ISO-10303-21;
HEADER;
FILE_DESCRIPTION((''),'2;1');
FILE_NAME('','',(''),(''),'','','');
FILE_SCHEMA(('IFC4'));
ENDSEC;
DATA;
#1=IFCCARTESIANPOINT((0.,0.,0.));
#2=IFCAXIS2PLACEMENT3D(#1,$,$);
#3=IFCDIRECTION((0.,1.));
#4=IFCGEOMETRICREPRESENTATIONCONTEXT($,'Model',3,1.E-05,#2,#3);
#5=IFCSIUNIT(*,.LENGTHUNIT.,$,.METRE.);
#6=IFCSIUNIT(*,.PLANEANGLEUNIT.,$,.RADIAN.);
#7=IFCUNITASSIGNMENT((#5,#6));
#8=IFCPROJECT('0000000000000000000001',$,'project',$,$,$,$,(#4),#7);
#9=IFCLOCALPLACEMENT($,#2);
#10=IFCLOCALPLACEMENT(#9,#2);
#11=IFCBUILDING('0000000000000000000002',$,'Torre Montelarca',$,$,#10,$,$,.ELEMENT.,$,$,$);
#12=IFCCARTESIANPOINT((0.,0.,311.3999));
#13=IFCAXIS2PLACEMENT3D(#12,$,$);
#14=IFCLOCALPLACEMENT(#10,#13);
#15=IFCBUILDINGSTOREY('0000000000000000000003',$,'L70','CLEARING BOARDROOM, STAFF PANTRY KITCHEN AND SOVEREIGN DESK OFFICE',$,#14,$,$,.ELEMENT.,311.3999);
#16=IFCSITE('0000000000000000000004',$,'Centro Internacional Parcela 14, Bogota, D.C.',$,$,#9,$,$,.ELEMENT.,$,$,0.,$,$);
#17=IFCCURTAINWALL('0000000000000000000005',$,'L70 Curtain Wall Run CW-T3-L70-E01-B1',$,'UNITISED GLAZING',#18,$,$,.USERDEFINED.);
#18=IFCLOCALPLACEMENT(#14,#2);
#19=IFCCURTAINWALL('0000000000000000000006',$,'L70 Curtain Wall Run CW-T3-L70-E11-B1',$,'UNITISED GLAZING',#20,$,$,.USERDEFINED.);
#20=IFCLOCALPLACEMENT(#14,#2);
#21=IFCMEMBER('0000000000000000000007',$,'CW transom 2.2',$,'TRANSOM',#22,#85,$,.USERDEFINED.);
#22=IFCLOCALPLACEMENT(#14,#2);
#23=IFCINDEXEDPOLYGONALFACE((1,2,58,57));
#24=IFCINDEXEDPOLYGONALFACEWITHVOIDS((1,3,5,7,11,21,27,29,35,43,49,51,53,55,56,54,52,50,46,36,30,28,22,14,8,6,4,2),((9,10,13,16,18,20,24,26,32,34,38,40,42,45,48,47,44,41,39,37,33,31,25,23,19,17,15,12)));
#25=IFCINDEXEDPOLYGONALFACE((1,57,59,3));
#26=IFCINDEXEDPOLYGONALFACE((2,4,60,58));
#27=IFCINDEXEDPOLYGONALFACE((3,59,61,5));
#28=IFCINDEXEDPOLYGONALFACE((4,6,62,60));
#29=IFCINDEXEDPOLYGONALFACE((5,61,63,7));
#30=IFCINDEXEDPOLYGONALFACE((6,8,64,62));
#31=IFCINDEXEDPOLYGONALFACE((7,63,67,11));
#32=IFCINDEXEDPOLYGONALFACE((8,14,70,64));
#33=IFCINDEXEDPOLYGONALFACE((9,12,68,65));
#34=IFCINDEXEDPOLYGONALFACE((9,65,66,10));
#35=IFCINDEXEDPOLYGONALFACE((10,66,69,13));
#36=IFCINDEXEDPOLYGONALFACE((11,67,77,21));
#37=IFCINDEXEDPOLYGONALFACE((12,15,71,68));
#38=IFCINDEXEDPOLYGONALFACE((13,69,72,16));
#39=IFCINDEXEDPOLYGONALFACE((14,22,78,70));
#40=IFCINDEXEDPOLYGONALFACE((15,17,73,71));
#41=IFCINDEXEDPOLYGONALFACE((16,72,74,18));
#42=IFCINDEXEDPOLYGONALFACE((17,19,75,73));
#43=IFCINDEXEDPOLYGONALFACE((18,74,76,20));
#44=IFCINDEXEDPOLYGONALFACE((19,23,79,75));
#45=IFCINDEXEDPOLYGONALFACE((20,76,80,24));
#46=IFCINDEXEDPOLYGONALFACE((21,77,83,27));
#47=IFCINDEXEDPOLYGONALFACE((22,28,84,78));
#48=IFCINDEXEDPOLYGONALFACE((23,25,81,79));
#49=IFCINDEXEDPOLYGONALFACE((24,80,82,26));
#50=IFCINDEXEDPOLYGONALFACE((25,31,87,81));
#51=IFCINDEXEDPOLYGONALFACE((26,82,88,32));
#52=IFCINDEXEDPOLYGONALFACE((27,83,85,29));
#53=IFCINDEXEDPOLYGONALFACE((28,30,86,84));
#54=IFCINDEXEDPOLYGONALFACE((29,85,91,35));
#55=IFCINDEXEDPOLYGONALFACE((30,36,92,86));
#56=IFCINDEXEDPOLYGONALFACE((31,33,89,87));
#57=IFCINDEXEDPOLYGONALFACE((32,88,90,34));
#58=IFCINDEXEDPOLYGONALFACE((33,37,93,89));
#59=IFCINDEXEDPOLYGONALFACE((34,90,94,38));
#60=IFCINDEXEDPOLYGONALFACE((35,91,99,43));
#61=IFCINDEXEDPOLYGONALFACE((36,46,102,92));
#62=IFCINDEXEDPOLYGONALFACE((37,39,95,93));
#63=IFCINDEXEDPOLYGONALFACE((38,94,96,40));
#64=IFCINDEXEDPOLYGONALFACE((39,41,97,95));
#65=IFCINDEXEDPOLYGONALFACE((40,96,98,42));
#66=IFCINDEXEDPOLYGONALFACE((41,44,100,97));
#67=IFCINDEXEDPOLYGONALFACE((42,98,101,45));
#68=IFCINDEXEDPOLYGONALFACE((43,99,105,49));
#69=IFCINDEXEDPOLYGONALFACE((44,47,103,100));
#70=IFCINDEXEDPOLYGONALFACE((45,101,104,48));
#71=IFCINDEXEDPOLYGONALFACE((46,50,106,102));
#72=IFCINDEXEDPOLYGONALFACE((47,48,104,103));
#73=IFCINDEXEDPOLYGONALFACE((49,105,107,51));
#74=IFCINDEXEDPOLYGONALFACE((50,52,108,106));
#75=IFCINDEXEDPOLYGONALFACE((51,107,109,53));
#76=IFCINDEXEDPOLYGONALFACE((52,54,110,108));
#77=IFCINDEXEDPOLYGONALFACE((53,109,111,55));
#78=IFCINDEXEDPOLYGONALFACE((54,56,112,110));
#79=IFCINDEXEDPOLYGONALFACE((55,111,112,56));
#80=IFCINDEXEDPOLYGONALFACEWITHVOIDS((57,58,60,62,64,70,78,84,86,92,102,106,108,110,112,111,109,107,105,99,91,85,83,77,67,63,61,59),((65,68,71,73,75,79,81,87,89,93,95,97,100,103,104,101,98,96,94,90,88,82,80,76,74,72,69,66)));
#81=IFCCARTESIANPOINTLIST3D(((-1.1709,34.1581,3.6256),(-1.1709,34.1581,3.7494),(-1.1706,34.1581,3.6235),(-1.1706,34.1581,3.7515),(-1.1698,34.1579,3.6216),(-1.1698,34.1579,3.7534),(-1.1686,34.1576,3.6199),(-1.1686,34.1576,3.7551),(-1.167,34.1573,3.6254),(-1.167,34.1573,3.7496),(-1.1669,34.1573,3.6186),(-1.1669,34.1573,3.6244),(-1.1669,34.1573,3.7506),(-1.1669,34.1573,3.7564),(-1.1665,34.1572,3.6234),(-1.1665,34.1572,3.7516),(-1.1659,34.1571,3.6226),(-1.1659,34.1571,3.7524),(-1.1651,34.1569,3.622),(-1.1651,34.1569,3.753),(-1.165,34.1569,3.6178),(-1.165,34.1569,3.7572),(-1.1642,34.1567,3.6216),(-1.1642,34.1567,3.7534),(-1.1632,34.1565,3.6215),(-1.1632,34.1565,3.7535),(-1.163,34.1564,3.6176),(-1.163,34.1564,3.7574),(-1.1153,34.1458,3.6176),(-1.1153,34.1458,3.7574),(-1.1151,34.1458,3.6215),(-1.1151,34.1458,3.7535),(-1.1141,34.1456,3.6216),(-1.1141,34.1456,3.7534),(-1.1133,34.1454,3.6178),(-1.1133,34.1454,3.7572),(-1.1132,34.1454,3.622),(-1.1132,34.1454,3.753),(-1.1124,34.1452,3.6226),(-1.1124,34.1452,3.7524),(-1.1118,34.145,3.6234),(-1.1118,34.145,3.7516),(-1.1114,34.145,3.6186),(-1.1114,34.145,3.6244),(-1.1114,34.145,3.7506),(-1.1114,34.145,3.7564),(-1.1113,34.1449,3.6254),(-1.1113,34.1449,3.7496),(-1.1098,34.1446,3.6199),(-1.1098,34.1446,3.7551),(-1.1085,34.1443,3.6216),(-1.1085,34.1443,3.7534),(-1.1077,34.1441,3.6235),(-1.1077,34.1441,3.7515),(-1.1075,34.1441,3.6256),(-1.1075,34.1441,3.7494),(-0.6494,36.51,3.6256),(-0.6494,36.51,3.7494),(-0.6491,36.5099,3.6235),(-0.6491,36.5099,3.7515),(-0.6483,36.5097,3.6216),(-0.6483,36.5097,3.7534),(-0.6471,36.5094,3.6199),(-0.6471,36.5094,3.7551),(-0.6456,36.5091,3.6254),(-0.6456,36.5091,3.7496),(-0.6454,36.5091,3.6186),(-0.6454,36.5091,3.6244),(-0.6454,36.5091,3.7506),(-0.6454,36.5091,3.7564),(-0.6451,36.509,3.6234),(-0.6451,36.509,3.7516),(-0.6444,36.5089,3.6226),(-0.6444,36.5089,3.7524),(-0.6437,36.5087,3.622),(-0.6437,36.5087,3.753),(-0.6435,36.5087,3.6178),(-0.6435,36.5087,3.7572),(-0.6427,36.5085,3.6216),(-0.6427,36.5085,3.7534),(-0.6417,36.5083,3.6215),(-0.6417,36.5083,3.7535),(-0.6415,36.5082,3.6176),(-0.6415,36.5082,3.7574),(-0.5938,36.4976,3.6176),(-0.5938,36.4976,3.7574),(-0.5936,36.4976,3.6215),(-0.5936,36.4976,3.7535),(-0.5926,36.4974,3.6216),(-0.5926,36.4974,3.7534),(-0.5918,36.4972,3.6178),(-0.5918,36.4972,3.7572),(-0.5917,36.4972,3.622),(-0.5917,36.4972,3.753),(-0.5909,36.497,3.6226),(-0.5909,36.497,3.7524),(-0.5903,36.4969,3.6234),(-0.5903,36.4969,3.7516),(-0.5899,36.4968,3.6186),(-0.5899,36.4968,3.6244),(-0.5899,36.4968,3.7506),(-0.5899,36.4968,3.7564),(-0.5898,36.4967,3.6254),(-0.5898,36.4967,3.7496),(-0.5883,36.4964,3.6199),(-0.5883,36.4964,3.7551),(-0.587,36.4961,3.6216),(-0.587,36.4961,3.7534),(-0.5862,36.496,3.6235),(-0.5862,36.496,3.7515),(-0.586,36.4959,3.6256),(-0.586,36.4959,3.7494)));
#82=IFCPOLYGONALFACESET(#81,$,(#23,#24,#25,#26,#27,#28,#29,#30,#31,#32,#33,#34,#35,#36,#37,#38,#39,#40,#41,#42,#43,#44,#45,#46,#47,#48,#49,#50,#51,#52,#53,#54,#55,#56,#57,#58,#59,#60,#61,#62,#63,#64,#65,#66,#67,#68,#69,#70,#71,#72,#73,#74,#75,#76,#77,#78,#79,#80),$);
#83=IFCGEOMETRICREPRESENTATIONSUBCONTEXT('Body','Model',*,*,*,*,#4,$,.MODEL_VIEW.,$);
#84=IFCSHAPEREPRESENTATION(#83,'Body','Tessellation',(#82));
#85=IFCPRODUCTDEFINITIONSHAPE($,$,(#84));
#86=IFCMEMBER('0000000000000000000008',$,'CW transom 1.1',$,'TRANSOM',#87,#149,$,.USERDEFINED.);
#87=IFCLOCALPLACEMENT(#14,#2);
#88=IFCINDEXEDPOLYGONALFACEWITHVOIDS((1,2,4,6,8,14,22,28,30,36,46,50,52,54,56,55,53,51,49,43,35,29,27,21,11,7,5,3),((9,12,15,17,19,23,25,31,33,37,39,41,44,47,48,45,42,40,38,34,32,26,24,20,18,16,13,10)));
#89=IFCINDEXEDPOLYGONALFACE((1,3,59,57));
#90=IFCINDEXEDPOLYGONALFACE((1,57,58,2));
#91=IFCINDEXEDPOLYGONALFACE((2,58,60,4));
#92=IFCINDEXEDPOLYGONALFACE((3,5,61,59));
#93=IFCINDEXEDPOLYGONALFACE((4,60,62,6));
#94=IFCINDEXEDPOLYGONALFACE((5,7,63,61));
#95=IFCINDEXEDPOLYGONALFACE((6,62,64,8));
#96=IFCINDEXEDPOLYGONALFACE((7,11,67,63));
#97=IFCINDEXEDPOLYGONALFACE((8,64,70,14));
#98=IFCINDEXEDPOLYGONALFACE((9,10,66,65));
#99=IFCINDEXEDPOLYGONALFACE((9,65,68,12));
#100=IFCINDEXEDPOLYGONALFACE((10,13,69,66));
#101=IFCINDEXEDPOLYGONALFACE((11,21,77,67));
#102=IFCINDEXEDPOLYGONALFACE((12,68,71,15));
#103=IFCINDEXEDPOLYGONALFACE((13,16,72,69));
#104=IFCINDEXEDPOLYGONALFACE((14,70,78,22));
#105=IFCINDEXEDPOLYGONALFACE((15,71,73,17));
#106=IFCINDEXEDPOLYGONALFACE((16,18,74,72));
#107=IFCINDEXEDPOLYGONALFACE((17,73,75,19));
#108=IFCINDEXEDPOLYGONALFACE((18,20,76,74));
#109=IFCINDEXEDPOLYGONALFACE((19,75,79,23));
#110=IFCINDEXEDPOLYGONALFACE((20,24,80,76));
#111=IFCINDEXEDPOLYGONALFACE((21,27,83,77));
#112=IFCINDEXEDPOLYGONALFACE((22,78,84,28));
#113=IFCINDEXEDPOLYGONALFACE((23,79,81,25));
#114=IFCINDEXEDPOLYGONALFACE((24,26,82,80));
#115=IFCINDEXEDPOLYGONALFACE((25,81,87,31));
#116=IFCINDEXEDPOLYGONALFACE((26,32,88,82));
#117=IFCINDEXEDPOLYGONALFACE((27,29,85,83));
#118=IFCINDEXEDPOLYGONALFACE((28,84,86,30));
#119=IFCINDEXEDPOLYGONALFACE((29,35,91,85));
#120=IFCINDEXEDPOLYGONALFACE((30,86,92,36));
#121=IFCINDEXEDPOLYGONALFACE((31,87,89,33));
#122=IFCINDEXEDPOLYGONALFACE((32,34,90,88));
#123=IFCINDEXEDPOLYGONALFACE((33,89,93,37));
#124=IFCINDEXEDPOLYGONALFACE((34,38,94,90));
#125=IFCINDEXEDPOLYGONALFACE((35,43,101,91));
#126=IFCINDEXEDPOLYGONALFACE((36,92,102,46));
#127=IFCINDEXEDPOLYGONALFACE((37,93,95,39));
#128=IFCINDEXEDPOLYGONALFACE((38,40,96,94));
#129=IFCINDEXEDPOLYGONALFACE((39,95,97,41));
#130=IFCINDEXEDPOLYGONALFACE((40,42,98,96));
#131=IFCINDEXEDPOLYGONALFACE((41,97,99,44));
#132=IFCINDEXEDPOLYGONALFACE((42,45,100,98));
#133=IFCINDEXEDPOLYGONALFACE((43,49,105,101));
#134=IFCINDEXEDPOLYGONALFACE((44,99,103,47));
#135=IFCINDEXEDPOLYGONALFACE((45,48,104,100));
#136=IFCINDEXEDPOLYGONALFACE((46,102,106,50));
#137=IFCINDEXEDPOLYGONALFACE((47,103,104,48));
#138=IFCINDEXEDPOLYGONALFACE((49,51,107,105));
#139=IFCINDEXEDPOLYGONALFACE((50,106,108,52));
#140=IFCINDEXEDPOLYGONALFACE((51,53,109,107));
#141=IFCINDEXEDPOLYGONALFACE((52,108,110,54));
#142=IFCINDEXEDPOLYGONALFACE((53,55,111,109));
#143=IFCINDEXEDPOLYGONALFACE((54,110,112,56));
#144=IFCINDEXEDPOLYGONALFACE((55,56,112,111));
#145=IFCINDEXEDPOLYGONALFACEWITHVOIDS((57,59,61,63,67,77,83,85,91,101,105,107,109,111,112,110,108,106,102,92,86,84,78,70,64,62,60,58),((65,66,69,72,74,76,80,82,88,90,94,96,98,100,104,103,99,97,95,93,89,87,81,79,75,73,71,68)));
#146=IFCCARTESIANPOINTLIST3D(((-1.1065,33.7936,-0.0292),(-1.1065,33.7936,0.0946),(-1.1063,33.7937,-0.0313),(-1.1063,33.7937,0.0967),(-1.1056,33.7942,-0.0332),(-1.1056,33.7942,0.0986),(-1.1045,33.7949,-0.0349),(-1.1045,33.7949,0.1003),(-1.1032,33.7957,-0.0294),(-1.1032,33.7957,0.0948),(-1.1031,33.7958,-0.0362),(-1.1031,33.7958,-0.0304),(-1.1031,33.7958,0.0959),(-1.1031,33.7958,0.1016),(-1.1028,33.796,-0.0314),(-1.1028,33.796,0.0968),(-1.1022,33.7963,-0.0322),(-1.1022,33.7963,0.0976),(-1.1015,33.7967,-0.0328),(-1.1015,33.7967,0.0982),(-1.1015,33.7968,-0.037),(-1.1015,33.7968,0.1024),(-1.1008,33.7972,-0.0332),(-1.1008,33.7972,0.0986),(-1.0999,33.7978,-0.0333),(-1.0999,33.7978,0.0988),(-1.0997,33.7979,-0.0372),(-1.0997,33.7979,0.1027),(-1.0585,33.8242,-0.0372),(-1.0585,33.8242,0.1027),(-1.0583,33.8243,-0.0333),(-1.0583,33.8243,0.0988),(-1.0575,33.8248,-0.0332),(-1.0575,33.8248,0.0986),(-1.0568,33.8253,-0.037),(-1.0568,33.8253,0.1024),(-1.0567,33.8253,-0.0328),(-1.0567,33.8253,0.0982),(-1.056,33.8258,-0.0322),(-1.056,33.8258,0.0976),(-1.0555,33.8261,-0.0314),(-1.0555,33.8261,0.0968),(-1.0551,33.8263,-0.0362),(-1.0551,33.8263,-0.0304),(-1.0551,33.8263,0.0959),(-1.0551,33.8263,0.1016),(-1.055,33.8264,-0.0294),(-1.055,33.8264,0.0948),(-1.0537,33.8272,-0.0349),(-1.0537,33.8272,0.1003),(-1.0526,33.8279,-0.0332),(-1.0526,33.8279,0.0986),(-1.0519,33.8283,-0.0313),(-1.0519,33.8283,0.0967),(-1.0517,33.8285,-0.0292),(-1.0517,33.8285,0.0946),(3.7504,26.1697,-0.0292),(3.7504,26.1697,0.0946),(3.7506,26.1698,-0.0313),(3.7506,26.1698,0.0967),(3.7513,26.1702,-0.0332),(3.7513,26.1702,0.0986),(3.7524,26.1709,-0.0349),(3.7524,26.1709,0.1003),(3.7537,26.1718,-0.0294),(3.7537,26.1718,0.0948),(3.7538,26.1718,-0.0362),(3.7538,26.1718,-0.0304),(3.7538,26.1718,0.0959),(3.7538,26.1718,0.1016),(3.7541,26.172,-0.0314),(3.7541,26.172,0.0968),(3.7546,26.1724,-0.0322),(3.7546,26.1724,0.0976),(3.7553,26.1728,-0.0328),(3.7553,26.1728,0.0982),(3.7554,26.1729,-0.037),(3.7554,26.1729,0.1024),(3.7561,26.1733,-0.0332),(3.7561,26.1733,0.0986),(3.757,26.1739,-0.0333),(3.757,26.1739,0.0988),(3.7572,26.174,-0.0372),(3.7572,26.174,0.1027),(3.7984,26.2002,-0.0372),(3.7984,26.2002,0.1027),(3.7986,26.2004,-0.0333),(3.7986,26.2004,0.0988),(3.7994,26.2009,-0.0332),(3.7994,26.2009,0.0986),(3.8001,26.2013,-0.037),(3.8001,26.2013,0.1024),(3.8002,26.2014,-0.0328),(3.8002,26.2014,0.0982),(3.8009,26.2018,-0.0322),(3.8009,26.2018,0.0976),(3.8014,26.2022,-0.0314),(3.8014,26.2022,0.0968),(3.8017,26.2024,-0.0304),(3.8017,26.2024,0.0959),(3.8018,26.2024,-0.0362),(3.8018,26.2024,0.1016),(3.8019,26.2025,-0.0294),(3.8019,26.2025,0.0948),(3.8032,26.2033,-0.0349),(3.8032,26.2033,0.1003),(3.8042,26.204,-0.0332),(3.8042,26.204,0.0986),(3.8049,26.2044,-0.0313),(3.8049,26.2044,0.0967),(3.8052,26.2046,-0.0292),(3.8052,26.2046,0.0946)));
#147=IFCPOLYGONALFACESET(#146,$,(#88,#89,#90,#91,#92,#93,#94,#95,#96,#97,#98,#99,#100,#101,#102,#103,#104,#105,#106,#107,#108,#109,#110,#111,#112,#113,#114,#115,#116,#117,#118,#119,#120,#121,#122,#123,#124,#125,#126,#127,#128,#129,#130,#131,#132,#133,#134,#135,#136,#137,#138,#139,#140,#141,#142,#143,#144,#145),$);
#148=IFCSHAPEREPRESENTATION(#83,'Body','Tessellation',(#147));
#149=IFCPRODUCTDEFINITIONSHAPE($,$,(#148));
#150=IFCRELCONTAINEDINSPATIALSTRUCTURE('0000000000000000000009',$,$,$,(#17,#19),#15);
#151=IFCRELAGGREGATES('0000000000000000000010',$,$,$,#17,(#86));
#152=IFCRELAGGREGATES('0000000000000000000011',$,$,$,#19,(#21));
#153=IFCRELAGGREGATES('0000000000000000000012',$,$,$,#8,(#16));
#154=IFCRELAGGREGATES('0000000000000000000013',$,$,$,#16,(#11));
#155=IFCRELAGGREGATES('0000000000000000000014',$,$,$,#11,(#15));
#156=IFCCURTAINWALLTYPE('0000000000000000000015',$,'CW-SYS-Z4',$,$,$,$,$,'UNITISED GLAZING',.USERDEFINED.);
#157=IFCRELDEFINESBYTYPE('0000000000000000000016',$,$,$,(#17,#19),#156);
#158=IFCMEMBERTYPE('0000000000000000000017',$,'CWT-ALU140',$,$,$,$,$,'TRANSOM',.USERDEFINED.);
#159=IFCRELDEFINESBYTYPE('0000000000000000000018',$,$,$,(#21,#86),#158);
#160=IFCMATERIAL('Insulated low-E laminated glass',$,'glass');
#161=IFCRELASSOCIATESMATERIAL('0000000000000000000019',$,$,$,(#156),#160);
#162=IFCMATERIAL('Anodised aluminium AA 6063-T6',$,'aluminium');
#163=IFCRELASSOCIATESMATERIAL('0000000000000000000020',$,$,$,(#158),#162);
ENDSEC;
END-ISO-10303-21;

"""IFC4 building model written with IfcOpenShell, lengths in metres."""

from ifc_helpers import new_model, si_unit, direction, frame, origin, origin_2d, place, context, subcontext, project, spatial, hollow_rectangle, extrude, source, transform, mapped, material, material_profile, profile_set, type_object, element, aggregate, save


model = new_model("IFC4")

# Units and contexts
model_context = context("Model", 3, precision=1e-05, world=origin(), true_north=direction((0.0, 1.0)))
body_context = subcontext(model_context, "Body", "Model", "MODEL_VIEW")
ifc_project = project(units=[si_unit("LENGTHUNIT", "METRE"), si_unit("PLANEANGLEUNIT", "RADIAN")], contexts=[model_context])

# Site, building, storey
site_placement = place(None, origin())
site = spatial("IfcSite", under=ifc_project, at=site_placement, Name="Centro Internacional Parcela 14, Bogota, D.C.", CompositionType="ELEMENT", RefElevation=0.0)
building_placement = place(site_placement, origin())
building = spatial("IfcBuilding", under=site, at=building_placement, Name="Torre Montelarca", CompositionType="ELEMENT")
storey_placement = place(building_placement, frame((0.0, 0.0, 311.3999)))
storey = spatial("IfcBuildingStorey", under=building, at=storey_placement, Name="L70", Description="CLEARING BOARDROOM, STAFF PANTRY KITCHEN AND SOVEREIGN DESK OFFICE", CompositionType="ELEMENT", Elevation=311.3999)

# Curtain wall
ifc_material_1 = material(Name="Insulated low-E laminated glass", Category="glass")
curtain_wall_type = type_object("IfcCurtainWallType", Name="CW-SYS-Z4", ElementType="UNITISED GLAZING", PredefinedType="USERDEFINED", material=ifc_material_1)
curtain_wall_1_placement = place(storey_placement, origin())
curtain_wall_1 = element("IfcCurtainWall", 1, at=curtain_wall_1_placement, inside=storey, type_object=curtain_wall_type, Name="L70 Curtain Wall Run CW-T3-L70-E01-B1", ObjectType="UNITISED GLAZING", PredefinedType="USERDEFINED")
ifc_material_2 = material(Name="Anodised aluminium AA 6063-T6", Category="aluminium")

# Curtain wall, member
curtain_wall_2_placement = place(storey_placement, origin())
curtain_wall_2 = element("IfcCurtainWall", 2, at=curtain_wall_2_placement, inside=storey, type_object=curtain_wall_type, Name="L70 Curtain Wall Run CW-T3-L70-E11-B1", ObjectType="UNITISED GLAZING", PredefinedType="USERDEFINED")
ifc_material_profile_1 = material_profile(ifc_material_2, hollow_rectangle(XDim=0.0649, YDim=0.1399, WallThickness=0.0039, InnerFilletRadius=0.0039, OuterFilletRadius=0.0081, at=origin_2d()), Name="ALU65X140X4", Category="aluminium")
ifc_profile_set_1 = profile_set([ifc_material_profile_1], Name="Anodised aluminium AA 6063-T6")
member_type_1 = type_object("IfcMemberType", Name="CWT-ALU140", ElementType="TRANSOM", PredefinedType="USERDEFINED", material=ifc_profile_set_1)
shared_shape_1 = source(origin(), body_context, "Body", "SweptSolid", [
    extrude(hollow_rectangle(XDim=0.0649, YDim=0.1399, WallThickness=0.0039, InnerFilletRadius=0.0039, OuterFilletRadius=0.0081, at=origin_2d()), origin(), (0.0, 0.0, 1.0), 2.4089),
])
member_1_placement = place(storey_placement, frame((-0.6177, 36.5029, 3.6875), z_axis=(-0.21648, -0.976287, 0.0), x_axis=(0.976287, -0.21648, 0.0)))
member_1 = element("IfcMember", 3, at=member_1_placement, type_object=member_type_1, Name="CW transom 2.2", ObjectType="TRANSOM", PredefinedType="USERDEFINED", context=body_context, shape_type="MappedRepresentation", body=[
    mapped(shared_shape_1, transform((0.0, 0.0, 0.0), scale=1.0)),
])

# Member
shared_shape_2 = source(origin(), body_context, "Body", "SweptSolid", [
    extrude(hollow_rectangle(XDim=0.0649, YDim=0.1399, WallThickness=0.0039, InnerFilletRadius=0.0039, OuterFilletRadius=0.0081, at=origin_2d()), origin(), (0.0, 0.0, 1.0), 9.0396),
])
member_2_placement = place(storey_placement, frame((-1.0791, 33.811, 0.0327), z_axis=(0.537291, -0.843397, 0.0), x_axis=(0.843397, 0.537291, 0.0)))
member_2 = element("IfcMember", 4, at=member_2_placement, type_object=member_type_1, Name="CW transom 1.1", ObjectType="TRANSOM", PredefinedType="USERDEFINED", context=body_context, shape_type="MappedRepresentation", body=[
    mapped(shared_shape_2, transform((0.0, 0.0, 0.0), scale=1.0)),
])
aggregate(curtain_wall_1, [member_2])

aggregate(curtain_wall_2, [member_1])

save(model, "model.ifc")
